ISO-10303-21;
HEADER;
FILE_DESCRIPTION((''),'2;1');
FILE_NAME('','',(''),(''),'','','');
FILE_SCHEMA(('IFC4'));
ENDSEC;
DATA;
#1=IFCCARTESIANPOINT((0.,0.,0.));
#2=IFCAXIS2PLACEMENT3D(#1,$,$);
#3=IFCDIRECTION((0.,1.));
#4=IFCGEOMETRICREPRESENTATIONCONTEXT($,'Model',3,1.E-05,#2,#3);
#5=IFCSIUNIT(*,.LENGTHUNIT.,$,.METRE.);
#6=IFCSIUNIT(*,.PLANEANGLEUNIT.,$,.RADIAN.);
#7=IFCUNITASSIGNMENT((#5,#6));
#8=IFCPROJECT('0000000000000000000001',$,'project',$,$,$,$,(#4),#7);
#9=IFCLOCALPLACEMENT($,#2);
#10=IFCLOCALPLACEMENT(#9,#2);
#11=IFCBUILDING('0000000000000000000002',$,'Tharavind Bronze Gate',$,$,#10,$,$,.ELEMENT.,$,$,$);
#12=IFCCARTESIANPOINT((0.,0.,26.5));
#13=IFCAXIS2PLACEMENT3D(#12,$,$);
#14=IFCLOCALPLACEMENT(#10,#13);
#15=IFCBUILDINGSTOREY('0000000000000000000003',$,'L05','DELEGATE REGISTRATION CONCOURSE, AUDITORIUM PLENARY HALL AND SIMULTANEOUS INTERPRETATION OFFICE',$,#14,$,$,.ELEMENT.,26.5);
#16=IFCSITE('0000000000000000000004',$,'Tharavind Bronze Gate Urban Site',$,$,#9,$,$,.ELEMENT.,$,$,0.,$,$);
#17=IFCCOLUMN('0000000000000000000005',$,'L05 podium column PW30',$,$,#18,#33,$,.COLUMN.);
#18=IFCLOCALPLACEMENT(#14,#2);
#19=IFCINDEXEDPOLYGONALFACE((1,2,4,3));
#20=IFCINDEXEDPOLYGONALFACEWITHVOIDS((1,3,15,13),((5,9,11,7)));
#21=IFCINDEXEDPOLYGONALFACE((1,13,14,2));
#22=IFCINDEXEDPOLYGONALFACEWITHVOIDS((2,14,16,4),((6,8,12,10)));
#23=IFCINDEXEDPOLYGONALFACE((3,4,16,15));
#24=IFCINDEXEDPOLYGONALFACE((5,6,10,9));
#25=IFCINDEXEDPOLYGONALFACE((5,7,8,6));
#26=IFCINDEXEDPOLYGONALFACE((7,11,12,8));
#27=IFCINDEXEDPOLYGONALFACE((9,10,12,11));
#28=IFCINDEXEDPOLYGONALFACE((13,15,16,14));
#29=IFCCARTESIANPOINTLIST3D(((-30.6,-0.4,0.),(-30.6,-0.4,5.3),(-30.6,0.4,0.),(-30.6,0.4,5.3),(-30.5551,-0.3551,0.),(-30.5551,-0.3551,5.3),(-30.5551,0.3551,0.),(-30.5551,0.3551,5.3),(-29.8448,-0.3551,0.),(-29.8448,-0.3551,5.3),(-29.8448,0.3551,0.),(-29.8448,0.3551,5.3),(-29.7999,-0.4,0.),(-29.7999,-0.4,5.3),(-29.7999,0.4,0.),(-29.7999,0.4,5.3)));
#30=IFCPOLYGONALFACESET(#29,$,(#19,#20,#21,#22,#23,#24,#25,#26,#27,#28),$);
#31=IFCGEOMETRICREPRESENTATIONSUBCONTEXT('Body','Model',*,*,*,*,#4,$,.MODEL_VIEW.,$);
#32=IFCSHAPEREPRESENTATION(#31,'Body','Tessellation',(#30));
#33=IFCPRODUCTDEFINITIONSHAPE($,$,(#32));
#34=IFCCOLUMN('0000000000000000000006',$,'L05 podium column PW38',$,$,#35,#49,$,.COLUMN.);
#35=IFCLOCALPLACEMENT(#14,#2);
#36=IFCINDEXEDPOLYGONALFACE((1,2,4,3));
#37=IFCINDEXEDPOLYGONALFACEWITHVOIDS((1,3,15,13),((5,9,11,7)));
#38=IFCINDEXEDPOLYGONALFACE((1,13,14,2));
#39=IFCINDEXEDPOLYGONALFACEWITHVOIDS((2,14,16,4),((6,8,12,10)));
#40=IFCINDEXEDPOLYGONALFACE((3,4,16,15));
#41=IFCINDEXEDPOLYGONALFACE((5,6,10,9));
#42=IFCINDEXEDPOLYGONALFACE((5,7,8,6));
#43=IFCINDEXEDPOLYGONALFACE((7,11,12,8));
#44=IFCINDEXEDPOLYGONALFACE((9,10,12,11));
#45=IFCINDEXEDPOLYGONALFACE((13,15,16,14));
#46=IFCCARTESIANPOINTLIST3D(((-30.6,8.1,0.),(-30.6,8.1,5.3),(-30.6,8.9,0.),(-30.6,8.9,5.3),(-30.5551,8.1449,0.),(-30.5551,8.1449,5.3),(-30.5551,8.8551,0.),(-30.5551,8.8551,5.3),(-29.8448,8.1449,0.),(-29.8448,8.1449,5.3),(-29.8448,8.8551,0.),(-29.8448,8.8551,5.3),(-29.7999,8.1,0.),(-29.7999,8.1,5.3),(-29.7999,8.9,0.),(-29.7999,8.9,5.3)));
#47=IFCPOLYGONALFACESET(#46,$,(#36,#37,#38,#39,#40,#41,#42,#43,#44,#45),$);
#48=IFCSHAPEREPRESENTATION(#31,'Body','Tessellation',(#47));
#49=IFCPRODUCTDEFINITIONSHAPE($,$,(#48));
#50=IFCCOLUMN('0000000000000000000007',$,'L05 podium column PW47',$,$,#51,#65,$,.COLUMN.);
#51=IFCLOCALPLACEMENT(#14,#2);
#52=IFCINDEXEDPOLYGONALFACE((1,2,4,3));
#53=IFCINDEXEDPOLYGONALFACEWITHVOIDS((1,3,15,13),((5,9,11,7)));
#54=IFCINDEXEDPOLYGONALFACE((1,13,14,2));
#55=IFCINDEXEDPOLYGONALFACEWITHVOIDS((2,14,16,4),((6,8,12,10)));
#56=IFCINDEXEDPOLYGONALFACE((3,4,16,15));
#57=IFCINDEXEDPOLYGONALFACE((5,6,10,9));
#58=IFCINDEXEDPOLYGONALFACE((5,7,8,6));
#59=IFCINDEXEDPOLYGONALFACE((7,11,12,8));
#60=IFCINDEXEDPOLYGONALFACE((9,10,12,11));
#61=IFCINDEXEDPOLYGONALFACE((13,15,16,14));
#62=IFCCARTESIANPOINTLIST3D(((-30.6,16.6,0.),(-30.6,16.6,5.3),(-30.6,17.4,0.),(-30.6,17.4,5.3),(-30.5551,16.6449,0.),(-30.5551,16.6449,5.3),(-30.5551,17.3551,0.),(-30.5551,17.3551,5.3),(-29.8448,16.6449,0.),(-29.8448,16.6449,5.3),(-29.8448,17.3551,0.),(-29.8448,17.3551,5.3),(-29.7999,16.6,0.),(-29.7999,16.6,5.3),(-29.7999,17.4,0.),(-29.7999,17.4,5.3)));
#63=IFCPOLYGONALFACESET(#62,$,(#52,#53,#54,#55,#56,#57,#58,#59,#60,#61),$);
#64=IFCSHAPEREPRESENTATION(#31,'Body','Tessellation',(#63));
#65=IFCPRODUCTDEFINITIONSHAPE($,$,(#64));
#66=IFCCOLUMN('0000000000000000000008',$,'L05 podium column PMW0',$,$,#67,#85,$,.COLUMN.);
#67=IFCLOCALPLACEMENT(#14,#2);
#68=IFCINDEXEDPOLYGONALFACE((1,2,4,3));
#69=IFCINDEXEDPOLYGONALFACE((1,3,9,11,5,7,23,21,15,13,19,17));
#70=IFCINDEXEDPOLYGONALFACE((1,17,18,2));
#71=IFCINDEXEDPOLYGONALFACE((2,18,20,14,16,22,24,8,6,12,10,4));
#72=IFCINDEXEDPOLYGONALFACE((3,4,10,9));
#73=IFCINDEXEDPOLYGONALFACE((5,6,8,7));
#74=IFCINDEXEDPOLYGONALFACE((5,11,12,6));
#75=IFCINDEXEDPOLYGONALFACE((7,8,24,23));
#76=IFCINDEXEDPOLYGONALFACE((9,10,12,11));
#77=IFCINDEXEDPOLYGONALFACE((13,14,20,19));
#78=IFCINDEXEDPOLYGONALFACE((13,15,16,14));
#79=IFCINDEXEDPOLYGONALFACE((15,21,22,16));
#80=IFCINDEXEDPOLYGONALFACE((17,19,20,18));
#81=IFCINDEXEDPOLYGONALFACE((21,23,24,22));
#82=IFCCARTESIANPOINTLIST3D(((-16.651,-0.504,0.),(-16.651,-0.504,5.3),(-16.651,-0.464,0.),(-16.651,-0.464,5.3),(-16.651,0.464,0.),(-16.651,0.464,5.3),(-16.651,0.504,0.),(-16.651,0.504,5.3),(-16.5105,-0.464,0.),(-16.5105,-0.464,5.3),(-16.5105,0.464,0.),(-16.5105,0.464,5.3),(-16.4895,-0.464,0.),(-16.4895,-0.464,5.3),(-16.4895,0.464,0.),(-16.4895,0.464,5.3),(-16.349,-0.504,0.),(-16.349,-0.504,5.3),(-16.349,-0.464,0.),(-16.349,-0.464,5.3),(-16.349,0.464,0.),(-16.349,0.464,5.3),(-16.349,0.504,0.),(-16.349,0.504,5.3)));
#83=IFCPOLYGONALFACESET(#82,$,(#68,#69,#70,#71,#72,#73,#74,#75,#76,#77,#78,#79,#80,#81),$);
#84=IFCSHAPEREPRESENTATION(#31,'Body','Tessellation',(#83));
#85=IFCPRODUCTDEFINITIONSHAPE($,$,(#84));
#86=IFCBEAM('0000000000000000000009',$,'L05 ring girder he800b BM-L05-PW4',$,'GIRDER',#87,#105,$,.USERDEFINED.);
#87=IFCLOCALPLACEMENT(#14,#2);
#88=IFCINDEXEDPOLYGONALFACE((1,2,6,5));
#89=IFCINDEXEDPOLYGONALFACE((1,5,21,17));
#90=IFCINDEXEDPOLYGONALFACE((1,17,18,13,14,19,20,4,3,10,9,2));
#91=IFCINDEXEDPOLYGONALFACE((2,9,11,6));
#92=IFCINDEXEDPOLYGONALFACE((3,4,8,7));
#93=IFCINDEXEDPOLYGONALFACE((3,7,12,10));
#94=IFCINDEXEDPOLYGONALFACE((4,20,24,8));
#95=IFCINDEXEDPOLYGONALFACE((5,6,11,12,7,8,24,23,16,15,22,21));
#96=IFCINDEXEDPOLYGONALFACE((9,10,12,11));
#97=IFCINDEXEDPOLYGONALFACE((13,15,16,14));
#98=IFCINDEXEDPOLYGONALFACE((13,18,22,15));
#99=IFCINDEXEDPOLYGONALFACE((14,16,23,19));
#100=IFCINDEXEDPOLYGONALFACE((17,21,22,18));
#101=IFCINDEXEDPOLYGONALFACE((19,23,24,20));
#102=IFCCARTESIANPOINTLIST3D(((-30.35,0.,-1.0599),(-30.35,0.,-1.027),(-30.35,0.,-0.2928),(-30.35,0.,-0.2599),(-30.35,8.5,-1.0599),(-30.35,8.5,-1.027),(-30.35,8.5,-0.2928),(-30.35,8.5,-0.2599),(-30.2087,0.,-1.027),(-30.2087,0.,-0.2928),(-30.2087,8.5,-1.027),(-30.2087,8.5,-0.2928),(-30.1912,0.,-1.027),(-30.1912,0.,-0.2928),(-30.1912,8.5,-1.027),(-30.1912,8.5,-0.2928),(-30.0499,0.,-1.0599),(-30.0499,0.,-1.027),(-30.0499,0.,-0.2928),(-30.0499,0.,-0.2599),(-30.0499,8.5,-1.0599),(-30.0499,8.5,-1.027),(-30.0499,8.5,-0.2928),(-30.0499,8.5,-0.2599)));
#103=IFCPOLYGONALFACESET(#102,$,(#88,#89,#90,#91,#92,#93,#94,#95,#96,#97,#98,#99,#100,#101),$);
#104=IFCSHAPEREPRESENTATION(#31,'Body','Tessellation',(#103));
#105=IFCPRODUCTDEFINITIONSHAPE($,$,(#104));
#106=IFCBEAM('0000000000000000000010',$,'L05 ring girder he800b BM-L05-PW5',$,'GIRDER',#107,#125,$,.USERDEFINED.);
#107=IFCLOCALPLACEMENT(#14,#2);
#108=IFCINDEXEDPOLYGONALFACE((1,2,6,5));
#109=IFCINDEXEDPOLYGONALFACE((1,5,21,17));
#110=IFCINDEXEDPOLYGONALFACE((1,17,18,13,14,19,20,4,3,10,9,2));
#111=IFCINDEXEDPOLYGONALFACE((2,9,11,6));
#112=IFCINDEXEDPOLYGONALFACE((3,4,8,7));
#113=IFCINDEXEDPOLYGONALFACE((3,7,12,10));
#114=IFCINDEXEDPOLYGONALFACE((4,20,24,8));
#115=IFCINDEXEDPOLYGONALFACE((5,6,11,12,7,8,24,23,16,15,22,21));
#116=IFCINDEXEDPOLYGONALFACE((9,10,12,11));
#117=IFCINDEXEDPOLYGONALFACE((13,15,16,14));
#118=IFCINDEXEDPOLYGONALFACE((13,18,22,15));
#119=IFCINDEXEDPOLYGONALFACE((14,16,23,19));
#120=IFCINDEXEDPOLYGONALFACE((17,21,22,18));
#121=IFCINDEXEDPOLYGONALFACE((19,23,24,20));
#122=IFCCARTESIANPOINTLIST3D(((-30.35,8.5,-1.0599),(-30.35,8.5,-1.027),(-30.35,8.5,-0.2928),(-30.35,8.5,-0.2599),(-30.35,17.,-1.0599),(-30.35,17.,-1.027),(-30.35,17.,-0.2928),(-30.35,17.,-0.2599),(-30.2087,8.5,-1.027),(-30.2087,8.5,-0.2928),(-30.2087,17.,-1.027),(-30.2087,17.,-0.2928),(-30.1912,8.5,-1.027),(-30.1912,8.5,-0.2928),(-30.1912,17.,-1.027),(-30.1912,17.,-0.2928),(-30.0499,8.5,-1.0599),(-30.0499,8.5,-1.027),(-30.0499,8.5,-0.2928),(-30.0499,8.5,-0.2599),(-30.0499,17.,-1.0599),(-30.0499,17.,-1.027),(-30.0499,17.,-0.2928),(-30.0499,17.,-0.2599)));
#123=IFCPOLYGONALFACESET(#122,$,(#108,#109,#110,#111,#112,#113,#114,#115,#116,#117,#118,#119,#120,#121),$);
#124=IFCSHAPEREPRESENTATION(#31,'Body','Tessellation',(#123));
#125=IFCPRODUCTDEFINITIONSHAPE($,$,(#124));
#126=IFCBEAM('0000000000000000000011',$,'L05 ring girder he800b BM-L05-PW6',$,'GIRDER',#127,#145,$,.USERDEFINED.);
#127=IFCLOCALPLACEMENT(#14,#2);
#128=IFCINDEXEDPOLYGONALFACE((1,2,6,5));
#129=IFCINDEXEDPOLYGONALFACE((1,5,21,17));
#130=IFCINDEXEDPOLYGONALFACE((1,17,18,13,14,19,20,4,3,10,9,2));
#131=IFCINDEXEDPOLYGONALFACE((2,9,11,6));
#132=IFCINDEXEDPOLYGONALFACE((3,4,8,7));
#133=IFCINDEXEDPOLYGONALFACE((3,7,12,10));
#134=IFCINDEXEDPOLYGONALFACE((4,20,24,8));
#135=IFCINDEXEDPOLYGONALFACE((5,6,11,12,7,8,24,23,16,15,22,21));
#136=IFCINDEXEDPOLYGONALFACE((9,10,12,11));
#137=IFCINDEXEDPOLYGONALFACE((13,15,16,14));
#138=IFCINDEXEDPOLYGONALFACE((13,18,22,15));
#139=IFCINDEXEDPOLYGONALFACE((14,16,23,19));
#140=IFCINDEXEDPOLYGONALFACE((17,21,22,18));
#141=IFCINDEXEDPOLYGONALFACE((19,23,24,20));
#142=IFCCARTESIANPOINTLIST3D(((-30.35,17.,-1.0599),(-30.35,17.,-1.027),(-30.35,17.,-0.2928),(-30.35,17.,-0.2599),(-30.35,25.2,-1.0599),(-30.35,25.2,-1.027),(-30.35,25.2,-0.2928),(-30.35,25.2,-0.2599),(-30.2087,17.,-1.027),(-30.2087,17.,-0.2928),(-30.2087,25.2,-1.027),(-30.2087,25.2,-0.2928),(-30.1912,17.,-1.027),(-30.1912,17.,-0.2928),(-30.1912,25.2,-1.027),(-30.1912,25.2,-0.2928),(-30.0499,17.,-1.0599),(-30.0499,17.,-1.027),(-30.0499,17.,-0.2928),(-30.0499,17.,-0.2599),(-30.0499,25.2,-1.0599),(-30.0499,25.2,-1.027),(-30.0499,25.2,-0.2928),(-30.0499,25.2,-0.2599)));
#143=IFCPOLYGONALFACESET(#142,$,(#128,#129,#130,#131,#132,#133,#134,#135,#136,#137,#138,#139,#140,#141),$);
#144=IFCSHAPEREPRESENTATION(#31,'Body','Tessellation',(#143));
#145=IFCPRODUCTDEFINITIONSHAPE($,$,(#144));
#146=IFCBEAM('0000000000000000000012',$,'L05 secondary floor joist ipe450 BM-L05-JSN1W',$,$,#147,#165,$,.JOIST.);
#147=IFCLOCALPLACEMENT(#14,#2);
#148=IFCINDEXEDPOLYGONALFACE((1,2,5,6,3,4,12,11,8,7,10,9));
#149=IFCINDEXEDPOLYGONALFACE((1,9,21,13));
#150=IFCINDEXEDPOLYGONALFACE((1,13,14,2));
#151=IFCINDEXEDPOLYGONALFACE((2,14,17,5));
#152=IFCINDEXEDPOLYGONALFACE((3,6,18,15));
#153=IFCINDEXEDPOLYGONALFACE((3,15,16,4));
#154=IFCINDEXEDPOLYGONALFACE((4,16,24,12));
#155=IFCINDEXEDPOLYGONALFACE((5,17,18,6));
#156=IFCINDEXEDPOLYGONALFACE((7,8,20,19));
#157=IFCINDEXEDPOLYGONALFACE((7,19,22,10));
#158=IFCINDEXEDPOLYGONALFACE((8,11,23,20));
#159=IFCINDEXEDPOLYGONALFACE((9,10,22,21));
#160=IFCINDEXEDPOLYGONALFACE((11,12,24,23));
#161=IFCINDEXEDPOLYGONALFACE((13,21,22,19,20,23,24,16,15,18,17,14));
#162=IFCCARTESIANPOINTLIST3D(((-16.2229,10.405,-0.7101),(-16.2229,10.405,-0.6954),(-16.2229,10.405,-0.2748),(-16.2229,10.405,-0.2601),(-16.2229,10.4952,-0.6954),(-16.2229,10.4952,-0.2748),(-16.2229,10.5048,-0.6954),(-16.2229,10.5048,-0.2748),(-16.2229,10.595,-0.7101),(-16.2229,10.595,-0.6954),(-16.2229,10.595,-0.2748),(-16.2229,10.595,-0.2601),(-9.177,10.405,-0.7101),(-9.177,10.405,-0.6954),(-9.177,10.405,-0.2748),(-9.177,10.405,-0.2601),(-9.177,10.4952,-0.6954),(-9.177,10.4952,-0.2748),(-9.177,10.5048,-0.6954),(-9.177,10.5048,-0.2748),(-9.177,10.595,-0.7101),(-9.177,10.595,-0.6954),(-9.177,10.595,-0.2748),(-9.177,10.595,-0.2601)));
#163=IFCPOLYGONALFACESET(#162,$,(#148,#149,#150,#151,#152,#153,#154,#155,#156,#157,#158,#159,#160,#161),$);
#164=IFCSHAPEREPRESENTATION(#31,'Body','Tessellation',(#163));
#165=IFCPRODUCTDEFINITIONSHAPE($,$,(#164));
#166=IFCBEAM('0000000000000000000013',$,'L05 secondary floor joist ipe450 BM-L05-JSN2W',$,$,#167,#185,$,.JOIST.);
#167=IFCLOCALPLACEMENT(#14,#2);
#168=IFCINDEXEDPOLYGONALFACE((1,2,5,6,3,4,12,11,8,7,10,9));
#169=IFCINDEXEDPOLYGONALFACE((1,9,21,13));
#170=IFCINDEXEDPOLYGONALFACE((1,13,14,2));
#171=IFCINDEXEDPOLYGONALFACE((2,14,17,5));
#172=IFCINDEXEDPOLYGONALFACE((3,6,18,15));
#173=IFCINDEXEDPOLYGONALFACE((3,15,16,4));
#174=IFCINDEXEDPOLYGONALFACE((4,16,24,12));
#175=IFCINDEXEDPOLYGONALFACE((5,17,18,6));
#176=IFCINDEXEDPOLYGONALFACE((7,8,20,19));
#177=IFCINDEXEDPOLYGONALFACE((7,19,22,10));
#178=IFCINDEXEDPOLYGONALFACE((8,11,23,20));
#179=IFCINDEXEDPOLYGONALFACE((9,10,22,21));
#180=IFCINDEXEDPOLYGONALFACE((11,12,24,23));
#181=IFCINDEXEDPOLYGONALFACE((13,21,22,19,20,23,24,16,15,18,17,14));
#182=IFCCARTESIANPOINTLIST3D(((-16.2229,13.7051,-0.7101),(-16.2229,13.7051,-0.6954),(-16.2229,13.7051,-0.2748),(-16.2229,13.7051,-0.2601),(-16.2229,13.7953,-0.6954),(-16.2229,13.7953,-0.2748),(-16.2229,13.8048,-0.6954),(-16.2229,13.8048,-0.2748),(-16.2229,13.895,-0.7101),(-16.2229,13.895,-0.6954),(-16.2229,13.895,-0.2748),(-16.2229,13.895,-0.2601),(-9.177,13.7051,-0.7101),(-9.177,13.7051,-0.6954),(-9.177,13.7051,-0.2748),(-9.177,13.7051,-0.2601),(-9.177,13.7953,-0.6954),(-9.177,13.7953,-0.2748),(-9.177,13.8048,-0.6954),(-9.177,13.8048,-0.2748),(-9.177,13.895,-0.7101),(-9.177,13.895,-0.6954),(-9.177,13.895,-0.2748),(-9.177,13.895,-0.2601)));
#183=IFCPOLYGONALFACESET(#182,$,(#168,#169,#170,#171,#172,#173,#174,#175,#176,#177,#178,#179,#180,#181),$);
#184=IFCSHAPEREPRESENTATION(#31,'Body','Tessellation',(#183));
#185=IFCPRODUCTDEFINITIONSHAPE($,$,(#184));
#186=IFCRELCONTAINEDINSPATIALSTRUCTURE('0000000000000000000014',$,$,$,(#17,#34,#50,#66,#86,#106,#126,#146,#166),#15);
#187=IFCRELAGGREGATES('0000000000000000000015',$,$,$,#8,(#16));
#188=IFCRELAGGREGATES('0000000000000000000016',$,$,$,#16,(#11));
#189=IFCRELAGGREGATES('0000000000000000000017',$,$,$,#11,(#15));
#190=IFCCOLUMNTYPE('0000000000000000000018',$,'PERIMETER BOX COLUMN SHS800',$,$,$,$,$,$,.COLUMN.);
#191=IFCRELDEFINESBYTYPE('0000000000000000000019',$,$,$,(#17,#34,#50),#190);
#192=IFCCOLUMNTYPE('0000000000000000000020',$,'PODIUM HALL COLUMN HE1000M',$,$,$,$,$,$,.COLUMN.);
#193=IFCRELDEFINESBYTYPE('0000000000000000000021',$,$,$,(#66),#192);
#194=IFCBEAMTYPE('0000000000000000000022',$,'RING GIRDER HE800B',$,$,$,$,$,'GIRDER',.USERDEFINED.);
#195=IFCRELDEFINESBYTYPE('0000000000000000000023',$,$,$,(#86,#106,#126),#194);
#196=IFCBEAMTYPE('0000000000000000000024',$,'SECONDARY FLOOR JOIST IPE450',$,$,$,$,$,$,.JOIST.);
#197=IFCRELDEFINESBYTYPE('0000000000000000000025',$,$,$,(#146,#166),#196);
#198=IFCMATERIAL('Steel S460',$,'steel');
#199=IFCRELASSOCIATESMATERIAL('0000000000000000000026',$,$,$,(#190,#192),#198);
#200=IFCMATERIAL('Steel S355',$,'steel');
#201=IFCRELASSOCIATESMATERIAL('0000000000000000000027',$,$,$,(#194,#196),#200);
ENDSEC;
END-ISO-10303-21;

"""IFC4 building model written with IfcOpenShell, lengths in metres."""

from ifc_helpers import new_model, si_unit, direction, frame, origin, origin_2d, place, context, subcontext, project, spatial, hollow_rectangle, i_section, extrude, material, material_profile, profile_set, type_object, element, save


model = new_model("IFC4")

# Units and contexts
model_context = context("Model", 3, precision=1e-05, world=origin(), true_north=direction((0.0, 1.0)))
body_context = subcontext(model_context, "Body", "Model", "MODEL_VIEW")
ifc_project = project(units=[si_unit("LENGTHUNIT", "METRE"), si_unit("PLANEANGLEUNIT", "RADIAN")], contexts=[model_context])

# Site, building, storey
site_placement = place(None, origin())
site = spatial("IfcSite", under=ifc_project, at=site_placement, Name="Tharavind Bronze Gate Urban Site", CompositionType="ELEMENT", RefElevation=0.0)
building_placement = place(site_placement, origin())
building = spatial("IfcBuilding", under=site, at=building_placement, Name="Tharavind Bronze Gate", CompositionType="ELEMENT")
storey_placement = place(building_placement, frame((0.0, 0.0, 26.5)))
storey = spatial("IfcBuildingStorey", under=building, at=storey_placement, Name="L05", Description="DELEGATE REGISTRATION CONCOURSE, AUDITORIUM PLENARY HALL AND SIMULTANEOUS INTERPRETATION OFFICE", CompositionType="ELEMENT", Elevation=26.5)

# Columns
ifc_material_1 = material(Name="Steel S460", Category="steel")
ifc_material_profile_1 = material_profile(ifc_material_1, hollow_rectangle(XDim=0.8, YDim=0.8, WallThickness=0.0449, at=origin_2d()), Name="SHS800X45")
ifc_profile_set_1 = profile_set([ifc_material_profile_1], Name="Steel S460")
column_type_1 = type_object("IfcColumnType", Name="PERIMETER BOX COLUMN SHS800", PredefinedType="COLUMN", material=ifc_profile_set_1)
for number, where, z_axis, x_axis, name in (
    (1, (-30.2, 0.0, 0.0), (0.0, 0.0, 1.0), (1.0, 0.0, 0.0), "L05 podium column PW30"),
    (2, (-30.2, 8.5, 0.0), (0.0, 0.0, 1.0), (1.0, 0.0, 0.0), "L05 podium column PW38"),
    (3, (-30.2, 17.0, 0.0), (0.0, 0.0, 1.0), (1.0, 0.0, 0.0), "L05 podium column PW47"),
):
    element("IfcColumn", number, at=place(storey_placement, frame(where, z_axis=z_axis, x_axis=x_axis)), inside=storey, type_object=column_type_1, Name=name, PredefinedType="COLUMN", context=body_context, shape_type="SweptSolid", body=[
        extrude(hollow_rectangle(XDim=0.8, YDim=0.8, WallThickness=0.0449, at=origin_2d()), origin(), (0.0, 0.0, 1.0), 5.3),
    ])
ifc_material_profile_2 = material_profile(ifc_material_1, i_section(OverallWidth=0.302, OverallDepth=1.0081, WebThickness=0.021, FlangeThickness=0.04, at=origin_2d()), Name="HE1000M")
ifc_profile_set_2 = profile_set([ifc_material_profile_2], Name="Steel S460")
column_type_2 = type_object("IfcColumnType", Name="PODIUM HALL COLUMN HE1000M", PredefinedType="COLUMN", material=ifc_profile_set_2)
column_placement = place(storey_placement, frame((-16.5, 0.0, 0.0), z_axis=(0.0, 0.0, 1.0), x_axis=(1.0, 0.0, 0.0)))
element("IfcColumn", 4, at=column_placement, inside=storey, type_object=column_type_2, Name="L05 podium column PMW0", PredefinedType="COLUMN", context=body_context, shape_type="SweptSolid", body=[
    extrude(i_section(OverallWidth=0.302, OverallDepth=1.0081, WebThickness=0.021, FlangeThickness=0.04, at=origin_2d()), origin(), (0.0, 0.0, 1.0), 5.3),
])

# Beams
ifc_material_2 = material(Name="Steel S355", Category="steel")
ifc_material_profile_3 = material_profile(ifc_material_2, i_section(OverallWidth=0.3, OverallDepth=0.8, WebThickness=0.0176, FlangeThickness=0.033, at=origin_2d()), Name="HE800B")
ifc_profile_set_3 = profile_set([ifc_material_profile_3], Name="Steel S355")
beam_type_1 = type_object("IfcBeamType", Name="RING GIRDER HE800B", ElementType="GIRDER", PredefinedType="USERDEFINED", material=ifc_profile_set_3)
for number, where, z_axis, x_axis, name in (
    (5, (-30.2, 0.0, -0.6599), (0.0, 1.0, 0.0), (-1.0, 0.0, 0.0), "L05 ring girder he800b BM-L05-PW4"),
    (6, (-30.2, 8.5, -0.6599), (0.0, 1.0, 0.0), (-1.0, 0.0, 0.0), "L05 ring girder he800b BM-L05-PW5"),
):
    element("IfcBeam", number, at=place(storey_placement, frame(where, z_axis=z_axis, x_axis=x_axis)), inside=storey, type_object=beam_type_1, Name=name, ObjectType="GIRDER", PredefinedType="USERDEFINED", context=body_context, shape_type="SweptSolid", body=[
        extrude(i_section(OverallWidth=0.3, OverallDepth=0.8, WebThickness=0.0176, FlangeThickness=0.033, at=origin_2d()), origin(), (0.0, 0.0, 1.0), 8.5),
    ])
beam_1_placement = place(storey_placement, frame((-30.2, 17.0, -0.6599), z_axis=(0.0, 1.0, 0.0), x_axis=(-1.0, 0.0, 0.0)))
element("IfcBeam", 7, at=beam_1_placement, inside=storey, type_object=beam_type_1, Name="L05 ring girder he800b BM-L05-PW6", ObjectType="GIRDER", PredefinedType="USERDEFINED", context=body_context, shape_type="SweptSolid", body=[
    extrude(i_section(OverallWidth=0.3, OverallDepth=0.8, WebThickness=0.0176, FlangeThickness=0.033, at=origin_2d()), origin(), (0.0, 0.0, 1.0), 8.2),
])
ifc_material_profile_4 = material_profile(ifc_material_2, i_section(OverallWidth=0.1899, OverallDepth=0.45, WebThickness=0.0095, FlangeThickness=0.0146, at=origin_2d()), Name="IPE450")
ifc_profile_set_4 = profile_set([ifc_material_profile_4], Name="Steel S355")
beam_type_2 = type_object("IfcBeamType", Name="SECONDARY FLOOR JOIST IPE450", PredefinedType="JOIST", material=ifc_profile_set_4)
for number, where, z_axis, x_axis, name in (
    (8, (-16.2229, 10.5, -0.4851), (1.0, 0.0, 0.0), (0.0, 1.0, 0.0), "L05 secondary floor joist ipe450 BM-L05-JSN1W"),
    (9, (-16.2229, 13.8, -0.4851), (1.0, 0.0, 0.0), (0.0, 1.0, 0.0), "L05 secondary floor joist ipe450 BM-L05-JSN2W"),
):
    element("IfcBeam", number, at=place(storey_placement, frame(where, z_axis=z_axis, x_axis=x_axis)), inside=storey, type_object=beam_type_2, Name=name, PredefinedType="JOIST", context=body_context, shape_type="SweptSolid", body=[
        extrude(i_section(OverallWidth=0.1899, OverallDepth=0.45, WebThickness=0.0095, FlangeThickness=0.0146, at=origin_2d()), origin(), (0.0, 0.0, 1.0), 7.0459),
    ])

save(model, "model.ifc")
